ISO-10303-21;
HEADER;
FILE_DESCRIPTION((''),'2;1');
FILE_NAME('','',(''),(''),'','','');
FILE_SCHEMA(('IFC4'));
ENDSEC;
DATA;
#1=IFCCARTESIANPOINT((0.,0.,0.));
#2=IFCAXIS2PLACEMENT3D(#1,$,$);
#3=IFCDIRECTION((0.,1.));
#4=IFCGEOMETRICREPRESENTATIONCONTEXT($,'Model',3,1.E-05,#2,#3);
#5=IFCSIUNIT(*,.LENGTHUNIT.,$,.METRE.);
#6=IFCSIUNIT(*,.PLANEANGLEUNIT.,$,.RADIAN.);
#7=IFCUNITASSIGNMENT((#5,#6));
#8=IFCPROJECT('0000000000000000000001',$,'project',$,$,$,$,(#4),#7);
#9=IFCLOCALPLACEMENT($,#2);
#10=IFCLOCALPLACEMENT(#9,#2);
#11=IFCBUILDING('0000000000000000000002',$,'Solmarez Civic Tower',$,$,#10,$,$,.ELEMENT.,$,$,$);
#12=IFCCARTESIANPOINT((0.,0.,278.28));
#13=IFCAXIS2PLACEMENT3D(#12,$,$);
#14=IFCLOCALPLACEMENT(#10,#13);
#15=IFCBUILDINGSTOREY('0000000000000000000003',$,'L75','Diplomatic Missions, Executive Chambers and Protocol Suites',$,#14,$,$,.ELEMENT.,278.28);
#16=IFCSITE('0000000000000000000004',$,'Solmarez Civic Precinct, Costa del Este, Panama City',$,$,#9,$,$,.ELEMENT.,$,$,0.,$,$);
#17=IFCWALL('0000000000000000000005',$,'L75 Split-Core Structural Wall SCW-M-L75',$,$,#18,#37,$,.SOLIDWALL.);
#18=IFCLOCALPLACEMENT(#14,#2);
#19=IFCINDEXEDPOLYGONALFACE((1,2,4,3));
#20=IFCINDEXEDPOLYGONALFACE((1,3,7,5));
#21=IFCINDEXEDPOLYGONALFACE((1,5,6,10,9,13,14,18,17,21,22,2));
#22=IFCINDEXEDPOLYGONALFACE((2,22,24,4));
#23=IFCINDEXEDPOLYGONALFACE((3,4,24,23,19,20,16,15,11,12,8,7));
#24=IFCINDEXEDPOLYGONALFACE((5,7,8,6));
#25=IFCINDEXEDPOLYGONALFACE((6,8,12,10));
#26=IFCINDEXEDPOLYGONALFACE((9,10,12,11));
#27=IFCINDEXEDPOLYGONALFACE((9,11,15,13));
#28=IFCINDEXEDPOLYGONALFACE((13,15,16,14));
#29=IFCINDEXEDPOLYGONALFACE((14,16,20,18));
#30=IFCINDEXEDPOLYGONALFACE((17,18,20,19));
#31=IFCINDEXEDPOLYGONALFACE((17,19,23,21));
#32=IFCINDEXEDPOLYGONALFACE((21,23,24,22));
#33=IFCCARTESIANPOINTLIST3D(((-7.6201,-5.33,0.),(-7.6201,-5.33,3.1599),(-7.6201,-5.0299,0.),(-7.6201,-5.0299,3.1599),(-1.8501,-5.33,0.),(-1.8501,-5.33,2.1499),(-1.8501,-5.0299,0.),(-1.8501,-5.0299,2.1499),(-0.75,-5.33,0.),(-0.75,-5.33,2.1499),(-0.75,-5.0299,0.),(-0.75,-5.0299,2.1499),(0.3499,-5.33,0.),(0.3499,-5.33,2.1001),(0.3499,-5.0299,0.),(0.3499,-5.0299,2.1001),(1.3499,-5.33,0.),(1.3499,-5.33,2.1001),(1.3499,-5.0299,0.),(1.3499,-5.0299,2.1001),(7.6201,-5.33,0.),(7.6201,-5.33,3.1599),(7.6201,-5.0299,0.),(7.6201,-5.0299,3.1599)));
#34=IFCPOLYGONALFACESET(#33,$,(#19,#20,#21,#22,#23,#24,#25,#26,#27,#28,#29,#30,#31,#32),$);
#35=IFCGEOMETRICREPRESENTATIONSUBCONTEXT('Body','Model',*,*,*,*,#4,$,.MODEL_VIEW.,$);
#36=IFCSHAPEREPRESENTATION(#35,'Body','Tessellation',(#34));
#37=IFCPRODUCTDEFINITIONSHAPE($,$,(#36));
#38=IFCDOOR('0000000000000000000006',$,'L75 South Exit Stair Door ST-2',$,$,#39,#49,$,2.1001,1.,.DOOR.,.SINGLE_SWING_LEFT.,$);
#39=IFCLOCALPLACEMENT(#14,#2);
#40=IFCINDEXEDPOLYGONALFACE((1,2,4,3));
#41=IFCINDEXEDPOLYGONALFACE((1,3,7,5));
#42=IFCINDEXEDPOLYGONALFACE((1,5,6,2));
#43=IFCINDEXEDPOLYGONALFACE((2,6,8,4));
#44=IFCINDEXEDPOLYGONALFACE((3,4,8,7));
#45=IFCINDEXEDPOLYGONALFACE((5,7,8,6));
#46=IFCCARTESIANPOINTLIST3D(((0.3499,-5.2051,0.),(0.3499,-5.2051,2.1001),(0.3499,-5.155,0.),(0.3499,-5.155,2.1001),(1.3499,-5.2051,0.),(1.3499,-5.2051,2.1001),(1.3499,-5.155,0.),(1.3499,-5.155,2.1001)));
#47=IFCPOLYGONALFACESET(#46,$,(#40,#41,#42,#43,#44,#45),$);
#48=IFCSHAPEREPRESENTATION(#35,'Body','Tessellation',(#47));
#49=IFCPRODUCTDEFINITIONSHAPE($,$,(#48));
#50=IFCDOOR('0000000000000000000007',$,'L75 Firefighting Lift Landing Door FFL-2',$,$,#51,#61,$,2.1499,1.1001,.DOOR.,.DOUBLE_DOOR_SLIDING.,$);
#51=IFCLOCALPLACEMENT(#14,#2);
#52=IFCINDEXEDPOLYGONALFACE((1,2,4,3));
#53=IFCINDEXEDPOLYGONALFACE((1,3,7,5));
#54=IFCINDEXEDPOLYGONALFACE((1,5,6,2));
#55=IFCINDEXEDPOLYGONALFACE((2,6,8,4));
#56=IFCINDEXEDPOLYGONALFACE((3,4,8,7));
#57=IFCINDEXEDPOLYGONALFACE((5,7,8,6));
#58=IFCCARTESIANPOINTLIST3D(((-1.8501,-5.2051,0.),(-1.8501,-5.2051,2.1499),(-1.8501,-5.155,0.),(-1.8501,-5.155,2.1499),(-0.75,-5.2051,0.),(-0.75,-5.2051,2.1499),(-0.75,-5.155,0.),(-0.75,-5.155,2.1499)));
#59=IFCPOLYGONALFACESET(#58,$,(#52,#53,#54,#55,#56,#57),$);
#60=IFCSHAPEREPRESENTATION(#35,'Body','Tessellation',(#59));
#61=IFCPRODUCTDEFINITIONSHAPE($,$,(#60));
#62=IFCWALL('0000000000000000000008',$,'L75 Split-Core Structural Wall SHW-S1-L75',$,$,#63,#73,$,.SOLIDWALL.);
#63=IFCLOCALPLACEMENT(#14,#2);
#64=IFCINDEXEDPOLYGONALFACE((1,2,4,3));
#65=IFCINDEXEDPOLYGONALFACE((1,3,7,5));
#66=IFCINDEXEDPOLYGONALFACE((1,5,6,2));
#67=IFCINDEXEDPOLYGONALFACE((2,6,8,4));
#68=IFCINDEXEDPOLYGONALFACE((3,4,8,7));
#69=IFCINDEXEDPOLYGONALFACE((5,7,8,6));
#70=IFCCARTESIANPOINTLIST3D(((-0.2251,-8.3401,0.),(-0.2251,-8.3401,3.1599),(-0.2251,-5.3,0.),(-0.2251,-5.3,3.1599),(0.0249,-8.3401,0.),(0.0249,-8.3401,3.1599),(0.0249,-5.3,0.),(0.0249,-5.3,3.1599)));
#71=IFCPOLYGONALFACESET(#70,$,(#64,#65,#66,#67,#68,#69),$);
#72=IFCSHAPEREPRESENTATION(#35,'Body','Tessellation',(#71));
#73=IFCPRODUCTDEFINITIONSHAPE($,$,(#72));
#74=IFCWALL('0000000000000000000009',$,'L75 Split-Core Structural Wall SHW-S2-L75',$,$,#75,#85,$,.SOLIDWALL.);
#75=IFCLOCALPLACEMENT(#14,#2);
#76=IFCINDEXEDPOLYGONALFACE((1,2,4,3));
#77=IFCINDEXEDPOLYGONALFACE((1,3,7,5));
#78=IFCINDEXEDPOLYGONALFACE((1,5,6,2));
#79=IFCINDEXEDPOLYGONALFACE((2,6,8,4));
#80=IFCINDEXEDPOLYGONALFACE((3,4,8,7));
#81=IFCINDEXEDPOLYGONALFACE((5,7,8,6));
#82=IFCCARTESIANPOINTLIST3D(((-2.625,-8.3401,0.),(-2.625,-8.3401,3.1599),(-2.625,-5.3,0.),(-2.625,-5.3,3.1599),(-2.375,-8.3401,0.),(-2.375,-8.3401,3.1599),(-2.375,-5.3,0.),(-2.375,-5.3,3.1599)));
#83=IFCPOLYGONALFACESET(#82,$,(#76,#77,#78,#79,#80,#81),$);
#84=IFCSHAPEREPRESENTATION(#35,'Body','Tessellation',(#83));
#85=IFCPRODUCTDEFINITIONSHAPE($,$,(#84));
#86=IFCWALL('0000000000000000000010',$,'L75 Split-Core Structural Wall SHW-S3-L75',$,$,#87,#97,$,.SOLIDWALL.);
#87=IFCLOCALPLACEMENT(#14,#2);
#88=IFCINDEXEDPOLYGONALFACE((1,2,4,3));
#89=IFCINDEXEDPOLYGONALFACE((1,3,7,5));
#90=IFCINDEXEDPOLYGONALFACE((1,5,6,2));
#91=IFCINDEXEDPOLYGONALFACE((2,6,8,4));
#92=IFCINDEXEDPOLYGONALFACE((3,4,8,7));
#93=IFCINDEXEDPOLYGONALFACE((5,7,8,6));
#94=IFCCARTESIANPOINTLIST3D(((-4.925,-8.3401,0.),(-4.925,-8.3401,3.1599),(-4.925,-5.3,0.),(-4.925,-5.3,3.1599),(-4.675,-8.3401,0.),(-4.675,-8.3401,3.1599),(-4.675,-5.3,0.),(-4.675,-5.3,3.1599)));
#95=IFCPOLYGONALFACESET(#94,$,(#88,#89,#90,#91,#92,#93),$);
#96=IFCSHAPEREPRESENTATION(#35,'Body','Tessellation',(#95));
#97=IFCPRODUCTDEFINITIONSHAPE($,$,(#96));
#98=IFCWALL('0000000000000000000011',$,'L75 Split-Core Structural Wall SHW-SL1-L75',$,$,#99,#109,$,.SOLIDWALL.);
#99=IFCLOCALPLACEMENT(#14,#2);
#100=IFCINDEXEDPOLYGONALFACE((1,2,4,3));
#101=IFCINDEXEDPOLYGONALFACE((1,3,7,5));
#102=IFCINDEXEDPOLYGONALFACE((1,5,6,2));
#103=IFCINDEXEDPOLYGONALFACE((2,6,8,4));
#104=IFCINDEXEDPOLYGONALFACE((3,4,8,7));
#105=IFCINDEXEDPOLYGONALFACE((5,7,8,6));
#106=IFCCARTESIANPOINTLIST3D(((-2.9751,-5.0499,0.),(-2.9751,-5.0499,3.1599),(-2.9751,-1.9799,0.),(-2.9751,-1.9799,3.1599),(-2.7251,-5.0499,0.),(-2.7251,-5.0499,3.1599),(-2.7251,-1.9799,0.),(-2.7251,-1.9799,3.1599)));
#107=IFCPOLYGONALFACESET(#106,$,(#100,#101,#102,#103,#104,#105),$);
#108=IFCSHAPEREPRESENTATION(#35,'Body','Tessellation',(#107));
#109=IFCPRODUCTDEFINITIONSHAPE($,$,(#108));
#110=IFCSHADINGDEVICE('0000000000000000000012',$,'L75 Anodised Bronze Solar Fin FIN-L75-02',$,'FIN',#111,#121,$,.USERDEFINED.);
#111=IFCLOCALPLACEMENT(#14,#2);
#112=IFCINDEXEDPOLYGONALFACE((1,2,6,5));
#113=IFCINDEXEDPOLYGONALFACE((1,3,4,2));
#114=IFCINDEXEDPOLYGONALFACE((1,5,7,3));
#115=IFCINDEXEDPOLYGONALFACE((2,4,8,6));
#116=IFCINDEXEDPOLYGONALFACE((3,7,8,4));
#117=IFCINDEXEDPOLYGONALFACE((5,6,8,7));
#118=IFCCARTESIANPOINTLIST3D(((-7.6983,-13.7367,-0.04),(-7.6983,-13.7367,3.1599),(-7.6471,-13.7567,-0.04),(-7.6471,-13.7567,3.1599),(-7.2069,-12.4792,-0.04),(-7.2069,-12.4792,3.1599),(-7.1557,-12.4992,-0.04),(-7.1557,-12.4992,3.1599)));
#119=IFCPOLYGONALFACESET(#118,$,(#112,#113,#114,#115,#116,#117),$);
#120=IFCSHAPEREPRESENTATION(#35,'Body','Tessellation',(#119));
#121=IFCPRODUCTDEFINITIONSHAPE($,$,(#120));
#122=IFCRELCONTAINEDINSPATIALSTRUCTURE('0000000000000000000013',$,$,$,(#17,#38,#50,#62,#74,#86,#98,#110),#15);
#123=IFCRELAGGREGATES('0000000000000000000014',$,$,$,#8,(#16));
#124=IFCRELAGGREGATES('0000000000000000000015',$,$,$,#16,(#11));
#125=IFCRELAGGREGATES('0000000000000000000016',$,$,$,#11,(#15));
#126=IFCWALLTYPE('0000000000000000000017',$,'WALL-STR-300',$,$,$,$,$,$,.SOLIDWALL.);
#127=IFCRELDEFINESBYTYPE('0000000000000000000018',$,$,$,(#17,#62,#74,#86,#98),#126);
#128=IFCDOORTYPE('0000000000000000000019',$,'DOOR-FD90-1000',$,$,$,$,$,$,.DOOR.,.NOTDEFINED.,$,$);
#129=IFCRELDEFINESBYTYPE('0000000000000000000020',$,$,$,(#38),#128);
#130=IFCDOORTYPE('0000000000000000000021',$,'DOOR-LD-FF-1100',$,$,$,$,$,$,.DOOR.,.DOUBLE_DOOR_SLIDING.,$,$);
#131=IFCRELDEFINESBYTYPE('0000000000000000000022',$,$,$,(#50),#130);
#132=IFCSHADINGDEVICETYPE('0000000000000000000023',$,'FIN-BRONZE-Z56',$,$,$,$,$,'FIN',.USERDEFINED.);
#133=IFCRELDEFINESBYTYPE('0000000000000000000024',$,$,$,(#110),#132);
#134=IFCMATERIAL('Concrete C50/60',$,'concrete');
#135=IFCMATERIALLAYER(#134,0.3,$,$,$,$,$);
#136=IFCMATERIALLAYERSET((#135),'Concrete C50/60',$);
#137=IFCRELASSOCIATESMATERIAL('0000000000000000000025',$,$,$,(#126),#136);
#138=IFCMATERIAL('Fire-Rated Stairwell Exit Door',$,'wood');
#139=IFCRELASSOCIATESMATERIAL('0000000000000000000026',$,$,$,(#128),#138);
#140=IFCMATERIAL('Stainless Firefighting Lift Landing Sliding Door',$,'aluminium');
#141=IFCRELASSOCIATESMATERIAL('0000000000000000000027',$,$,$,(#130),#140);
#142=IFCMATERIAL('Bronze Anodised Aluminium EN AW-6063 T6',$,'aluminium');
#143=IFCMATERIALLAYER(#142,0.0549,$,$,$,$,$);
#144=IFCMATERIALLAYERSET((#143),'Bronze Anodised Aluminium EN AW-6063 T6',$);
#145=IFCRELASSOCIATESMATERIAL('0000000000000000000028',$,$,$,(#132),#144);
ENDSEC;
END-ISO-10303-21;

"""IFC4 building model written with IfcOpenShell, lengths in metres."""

from ifc_helpers import new_model, si_unit, direction, frame, frame_2d, origin, origin_2d, place, context, subcontext, project, spatial, rectangle, extrude, material, layer, layer_set, type_object, element, fill, save


model = new_model("IFC4")

# Units and contexts
model_context = context("Model", 3, precision=1e-05, world=origin(), true_north=direction((0.0, 1.0)))
body_context = subcontext(model_context, "Body", "Model", "MODEL_VIEW")
ifc_project = project(units=[si_unit("LENGTHUNIT", "METRE"), si_unit("PLANEANGLEUNIT", "RADIAN")], contexts=[model_context])

# Site, building, storey
site_placement = place(None, origin())
site = spatial("IfcSite", under=ifc_project, at=site_placement, Name="Solmarez Civic Precinct, Costa del Este, Panama City", CompositionType="ELEMENT", RefElevation=0.0)
building_placement = place(site_placement, origin())
building = spatial("IfcBuilding", under=site, at=building_placement, Name="Solmarez Civic Tower", CompositionType="ELEMENT")
storey_placement = place(building_placement, frame((0.0, 0.0, 278.28)))
storey = spatial("IfcBuildingStorey", under=building, at=storey_placement, Name="L75", Description="Diplomatic Missions, Executive Chambers and Protocol Suites", CompositionType="ELEMENT", Elevation=278.28)

# Shared definitions
ifc_material_1 = material(Name="Concrete C50/60", Category="concrete")

# Shared definitions
ifc_material_2 = material(Name="Bronze Anodised Aluminium EN AW-6063 T6", Category="aluminium")

# Wall, openings, doors
ifc_layer_1 = layer(ifc_material_1, 0.3)
ifc_layer_set_1 = layer_set([ifc_layer_1], Name="Concrete C50/60")
wall_type_1 = type_object("IfcWallType", Name="WALL-STR-300", PredefinedType="SOLIDWALL", material=ifc_layer_set_1)
wall_1_placement = place(storey_placement, frame((-7.6201, -5.1799, 0.0), z_axis=(0.0, 0.0, 1.0), x_axis=(1.0, 0.0, 0.0)))
wall_1 = element("IfcWall", 1, at=wall_1_placement, inside=storey, type_object=wall_type_1, Name="L75 Split-Core Structural Wall SCW-M-L75", PredefinedType="SOLIDWALL", context=body_context, shape_type="SweptSolid", body=[
    extrude(rectangle(XDim=15.2402, YDim=0.3, at=frame_2d((7.6201, 0.0))), origin(), (0.0, 0.0, 1.0), 3.1599),
])
opening_1_placement = place(wall_1_placement, frame((5.77, 0.0, 0.0)))
opening_1 = element("IfcOpeningElement", 2, at=opening_1_placement, cuts=wall_1, PredefinedType="OPENING", context=body_context, shape_type="SweptSolid", body=[
    extrude(rectangle(XDim=1.1001, YDim=2.1499, at=frame_2d((0.55, 1.075))), frame((0.0, 0.1599, 0.0), z_axis=(0.0, -1.0, 0.0), x_axis=(1.0, 0.0, 0.0)), (0.0, 0.0, 1.0), 0.3201),
])
opening_2_placement = place(wall_1_placement, frame((7.97, 0.0, 0.0)))
opening_2 = element("IfcOpeningElement", 3, at=opening_2_placement, cuts=wall_1, PredefinedType="OPENING", context=body_context, shape_type="SweptSolid", body=[
    extrude(rectangle(XDim=1.0, YDim=2.1001, at=frame_2d((0.5, 1.05))), frame((0.0, 0.1599, 0.0), z_axis=(0.0, -1.0, 0.0), x_axis=(1.0, 0.0, 0.0)), (0.0, 0.0, 1.0), 0.3201),
])
ifc_material_3 = material(Name="Fire-Rated Stairwell Exit Door", Category="wood")
door_type_1 = type_object("IfcDoorType", Name="DOOR-FD90-1000", OperationType="NOTDEFINED", PredefinedType="DOOR", material=ifc_material_3)
door_1_placement = place(opening_2_placement, origin())
door_1 = element("IfcDoor", 4, at=door_1_placement, inside=storey, type_object=door_type_1, Name="L75 South Exit Stair Door ST-2", OperationType="SINGLE_SWING_LEFT", OverallHeight=2.1001, OverallWidth=1.0, PredefinedType="DOOR", context=body_context, shape_type="SweptSolid", body=[
    extrude(rectangle(XDim=1.0, YDim=2.1001, at=frame_2d((0.5, 1.05))), frame((0.0, 0.0249, 0.0), z_axis=(0.0, -1.0, 0.0), x_axis=(1.0, 0.0, 0.0)), (0.0, 0.0, 1.0), 0.05),
])
fill(opening_2, door_1)
ifc_material_4 = material(Name="Stainless Firefighting Lift Landing Sliding Door", Category="aluminium")
door_type_2 = type_object("IfcDoorType", Name="DOOR-LD-FF-1100", OperationType="DOUBLE_DOOR_SLIDING", PredefinedType="DOOR", material=ifc_material_4)
door_2_placement = place(opening_1_placement, origin())
door_2 = element("IfcDoor", 5, at=door_2_placement, inside=storey, type_object=door_type_2, Name="L75 Firefighting Lift Landing Door FFL-2", OperationType="DOUBLE_DOOR_SLIDING", OverallHeight=2.1499, OverallWidth=1.1001, PredefinedType="DOOR", context=body_context, shape_type="SweptSolid", body=[
    extrude(rectangle(XDim=1.1001, YDim=2.1499, at=frame_2d((0.55, 1.075))), frame((0.0, 0.0249, 0.0), z_axis=(0.0, -1.0, 0.0), x_axis=(1.0, 0.0, 0.0)), (0.0, 0.0, 1.0), 0.05),
])
fill(opening_1, door_2)

# Walls
for number, where, z_axis, x_axis, name in (
    (6, (-0.1001, -8.3401, 0.0), (0.0, 0.0, 1.0), (0.0, 1.0, 0.0), "L75 Split-Core Structural Wall SHW-S1-L75"),
    (7, (-2.5, -8.3401, 0.0), (0.0, 0.0, 1.0), (0.0, 1.0, 0.0), "L75 Split-Core Structural Wall SHW-S2-L75"),
    (8, (-4.8, -8.3401, 0.0), (0.0, 0.0, 1.0), (0.0, 1.0, 0.0), "L75 Split-Core Structural Wall SHW-S3-L75"),
):
    element("IfcWall", number, at=place(storey_placement, frame(where, z_axis=z_axis, x_axis=x_axis)), inside=storey, type_object=wall_type_1, Name=name, PredefinedType="SOLIDWALL", context=body_context, shape_type="SweptSolid", body=[
        extrude(rectangle(XDim=3.04, YDim=0.25, at=frame_2d((1.52, 0.0))), origin(), (0.0, 0.0, 1.0), 3.1599),
    ])
wall_2_placement = place(storey_placement, frame((-2.8501, -5.05, 0.0), z_axis=(0.0, 0.0, 1.0), x_axis=(0.0, 1.0, 0.0)))
element("IfcWall", 9, at=wall_2_placement, inside=storey, type_object=wall_type_1, Name="L75 Split-Core Structural Wall SHW-SL1-L75", PredefinedType="SOLIDWALL", context=body_context, shape_type="SweptSolid", body=[
    extrude(rectangle(XDim=3.0701, YDim=0.25, at=frame_2d((1.5352, 0.0))), origin(), (0.0, 0.0, 1.0), 3.1599),
])

# Shading device
ifc_layer_2 = layer(ifc_material_2, 0.0549)
ifc_layer_set_2 = layer_set([ifc_layer_2], Name="Bronze Anodised Aluminium EN AW-6063 T6")
shading_device_type = type_object("IfcShadingDeviceType", Name="FIN-BRONZE-Z56", ElementType="FIN", PredefinedType="USERDEFINED", material=ifc_layer_set_2)
shading_device_placement = place(storey_placement, frame((-7.427, -13.1179, -0.04), z_axis=(0.0, 0.0, 1.0), x_axis=(-0.36395, -0.931418, 0.0)))
element("IfcShadingDevice", 10, at=shading_device_placement, inside=storey, type_object=shading_device_type, Name="L75 Anodised Bronze Solar Fin FIN-L75-02", ObjectType="FIN", PredefinedType="USERDEFINED", context=body_context, shape_type="SweptSolid", body=[
    extrude(rectangle(XDim=1.3501, YDim=0.0549, at=origin_2d()), origin(), (0.0, 0.0, 1.0), 3.2),
])

save(model, "model.ifc")
